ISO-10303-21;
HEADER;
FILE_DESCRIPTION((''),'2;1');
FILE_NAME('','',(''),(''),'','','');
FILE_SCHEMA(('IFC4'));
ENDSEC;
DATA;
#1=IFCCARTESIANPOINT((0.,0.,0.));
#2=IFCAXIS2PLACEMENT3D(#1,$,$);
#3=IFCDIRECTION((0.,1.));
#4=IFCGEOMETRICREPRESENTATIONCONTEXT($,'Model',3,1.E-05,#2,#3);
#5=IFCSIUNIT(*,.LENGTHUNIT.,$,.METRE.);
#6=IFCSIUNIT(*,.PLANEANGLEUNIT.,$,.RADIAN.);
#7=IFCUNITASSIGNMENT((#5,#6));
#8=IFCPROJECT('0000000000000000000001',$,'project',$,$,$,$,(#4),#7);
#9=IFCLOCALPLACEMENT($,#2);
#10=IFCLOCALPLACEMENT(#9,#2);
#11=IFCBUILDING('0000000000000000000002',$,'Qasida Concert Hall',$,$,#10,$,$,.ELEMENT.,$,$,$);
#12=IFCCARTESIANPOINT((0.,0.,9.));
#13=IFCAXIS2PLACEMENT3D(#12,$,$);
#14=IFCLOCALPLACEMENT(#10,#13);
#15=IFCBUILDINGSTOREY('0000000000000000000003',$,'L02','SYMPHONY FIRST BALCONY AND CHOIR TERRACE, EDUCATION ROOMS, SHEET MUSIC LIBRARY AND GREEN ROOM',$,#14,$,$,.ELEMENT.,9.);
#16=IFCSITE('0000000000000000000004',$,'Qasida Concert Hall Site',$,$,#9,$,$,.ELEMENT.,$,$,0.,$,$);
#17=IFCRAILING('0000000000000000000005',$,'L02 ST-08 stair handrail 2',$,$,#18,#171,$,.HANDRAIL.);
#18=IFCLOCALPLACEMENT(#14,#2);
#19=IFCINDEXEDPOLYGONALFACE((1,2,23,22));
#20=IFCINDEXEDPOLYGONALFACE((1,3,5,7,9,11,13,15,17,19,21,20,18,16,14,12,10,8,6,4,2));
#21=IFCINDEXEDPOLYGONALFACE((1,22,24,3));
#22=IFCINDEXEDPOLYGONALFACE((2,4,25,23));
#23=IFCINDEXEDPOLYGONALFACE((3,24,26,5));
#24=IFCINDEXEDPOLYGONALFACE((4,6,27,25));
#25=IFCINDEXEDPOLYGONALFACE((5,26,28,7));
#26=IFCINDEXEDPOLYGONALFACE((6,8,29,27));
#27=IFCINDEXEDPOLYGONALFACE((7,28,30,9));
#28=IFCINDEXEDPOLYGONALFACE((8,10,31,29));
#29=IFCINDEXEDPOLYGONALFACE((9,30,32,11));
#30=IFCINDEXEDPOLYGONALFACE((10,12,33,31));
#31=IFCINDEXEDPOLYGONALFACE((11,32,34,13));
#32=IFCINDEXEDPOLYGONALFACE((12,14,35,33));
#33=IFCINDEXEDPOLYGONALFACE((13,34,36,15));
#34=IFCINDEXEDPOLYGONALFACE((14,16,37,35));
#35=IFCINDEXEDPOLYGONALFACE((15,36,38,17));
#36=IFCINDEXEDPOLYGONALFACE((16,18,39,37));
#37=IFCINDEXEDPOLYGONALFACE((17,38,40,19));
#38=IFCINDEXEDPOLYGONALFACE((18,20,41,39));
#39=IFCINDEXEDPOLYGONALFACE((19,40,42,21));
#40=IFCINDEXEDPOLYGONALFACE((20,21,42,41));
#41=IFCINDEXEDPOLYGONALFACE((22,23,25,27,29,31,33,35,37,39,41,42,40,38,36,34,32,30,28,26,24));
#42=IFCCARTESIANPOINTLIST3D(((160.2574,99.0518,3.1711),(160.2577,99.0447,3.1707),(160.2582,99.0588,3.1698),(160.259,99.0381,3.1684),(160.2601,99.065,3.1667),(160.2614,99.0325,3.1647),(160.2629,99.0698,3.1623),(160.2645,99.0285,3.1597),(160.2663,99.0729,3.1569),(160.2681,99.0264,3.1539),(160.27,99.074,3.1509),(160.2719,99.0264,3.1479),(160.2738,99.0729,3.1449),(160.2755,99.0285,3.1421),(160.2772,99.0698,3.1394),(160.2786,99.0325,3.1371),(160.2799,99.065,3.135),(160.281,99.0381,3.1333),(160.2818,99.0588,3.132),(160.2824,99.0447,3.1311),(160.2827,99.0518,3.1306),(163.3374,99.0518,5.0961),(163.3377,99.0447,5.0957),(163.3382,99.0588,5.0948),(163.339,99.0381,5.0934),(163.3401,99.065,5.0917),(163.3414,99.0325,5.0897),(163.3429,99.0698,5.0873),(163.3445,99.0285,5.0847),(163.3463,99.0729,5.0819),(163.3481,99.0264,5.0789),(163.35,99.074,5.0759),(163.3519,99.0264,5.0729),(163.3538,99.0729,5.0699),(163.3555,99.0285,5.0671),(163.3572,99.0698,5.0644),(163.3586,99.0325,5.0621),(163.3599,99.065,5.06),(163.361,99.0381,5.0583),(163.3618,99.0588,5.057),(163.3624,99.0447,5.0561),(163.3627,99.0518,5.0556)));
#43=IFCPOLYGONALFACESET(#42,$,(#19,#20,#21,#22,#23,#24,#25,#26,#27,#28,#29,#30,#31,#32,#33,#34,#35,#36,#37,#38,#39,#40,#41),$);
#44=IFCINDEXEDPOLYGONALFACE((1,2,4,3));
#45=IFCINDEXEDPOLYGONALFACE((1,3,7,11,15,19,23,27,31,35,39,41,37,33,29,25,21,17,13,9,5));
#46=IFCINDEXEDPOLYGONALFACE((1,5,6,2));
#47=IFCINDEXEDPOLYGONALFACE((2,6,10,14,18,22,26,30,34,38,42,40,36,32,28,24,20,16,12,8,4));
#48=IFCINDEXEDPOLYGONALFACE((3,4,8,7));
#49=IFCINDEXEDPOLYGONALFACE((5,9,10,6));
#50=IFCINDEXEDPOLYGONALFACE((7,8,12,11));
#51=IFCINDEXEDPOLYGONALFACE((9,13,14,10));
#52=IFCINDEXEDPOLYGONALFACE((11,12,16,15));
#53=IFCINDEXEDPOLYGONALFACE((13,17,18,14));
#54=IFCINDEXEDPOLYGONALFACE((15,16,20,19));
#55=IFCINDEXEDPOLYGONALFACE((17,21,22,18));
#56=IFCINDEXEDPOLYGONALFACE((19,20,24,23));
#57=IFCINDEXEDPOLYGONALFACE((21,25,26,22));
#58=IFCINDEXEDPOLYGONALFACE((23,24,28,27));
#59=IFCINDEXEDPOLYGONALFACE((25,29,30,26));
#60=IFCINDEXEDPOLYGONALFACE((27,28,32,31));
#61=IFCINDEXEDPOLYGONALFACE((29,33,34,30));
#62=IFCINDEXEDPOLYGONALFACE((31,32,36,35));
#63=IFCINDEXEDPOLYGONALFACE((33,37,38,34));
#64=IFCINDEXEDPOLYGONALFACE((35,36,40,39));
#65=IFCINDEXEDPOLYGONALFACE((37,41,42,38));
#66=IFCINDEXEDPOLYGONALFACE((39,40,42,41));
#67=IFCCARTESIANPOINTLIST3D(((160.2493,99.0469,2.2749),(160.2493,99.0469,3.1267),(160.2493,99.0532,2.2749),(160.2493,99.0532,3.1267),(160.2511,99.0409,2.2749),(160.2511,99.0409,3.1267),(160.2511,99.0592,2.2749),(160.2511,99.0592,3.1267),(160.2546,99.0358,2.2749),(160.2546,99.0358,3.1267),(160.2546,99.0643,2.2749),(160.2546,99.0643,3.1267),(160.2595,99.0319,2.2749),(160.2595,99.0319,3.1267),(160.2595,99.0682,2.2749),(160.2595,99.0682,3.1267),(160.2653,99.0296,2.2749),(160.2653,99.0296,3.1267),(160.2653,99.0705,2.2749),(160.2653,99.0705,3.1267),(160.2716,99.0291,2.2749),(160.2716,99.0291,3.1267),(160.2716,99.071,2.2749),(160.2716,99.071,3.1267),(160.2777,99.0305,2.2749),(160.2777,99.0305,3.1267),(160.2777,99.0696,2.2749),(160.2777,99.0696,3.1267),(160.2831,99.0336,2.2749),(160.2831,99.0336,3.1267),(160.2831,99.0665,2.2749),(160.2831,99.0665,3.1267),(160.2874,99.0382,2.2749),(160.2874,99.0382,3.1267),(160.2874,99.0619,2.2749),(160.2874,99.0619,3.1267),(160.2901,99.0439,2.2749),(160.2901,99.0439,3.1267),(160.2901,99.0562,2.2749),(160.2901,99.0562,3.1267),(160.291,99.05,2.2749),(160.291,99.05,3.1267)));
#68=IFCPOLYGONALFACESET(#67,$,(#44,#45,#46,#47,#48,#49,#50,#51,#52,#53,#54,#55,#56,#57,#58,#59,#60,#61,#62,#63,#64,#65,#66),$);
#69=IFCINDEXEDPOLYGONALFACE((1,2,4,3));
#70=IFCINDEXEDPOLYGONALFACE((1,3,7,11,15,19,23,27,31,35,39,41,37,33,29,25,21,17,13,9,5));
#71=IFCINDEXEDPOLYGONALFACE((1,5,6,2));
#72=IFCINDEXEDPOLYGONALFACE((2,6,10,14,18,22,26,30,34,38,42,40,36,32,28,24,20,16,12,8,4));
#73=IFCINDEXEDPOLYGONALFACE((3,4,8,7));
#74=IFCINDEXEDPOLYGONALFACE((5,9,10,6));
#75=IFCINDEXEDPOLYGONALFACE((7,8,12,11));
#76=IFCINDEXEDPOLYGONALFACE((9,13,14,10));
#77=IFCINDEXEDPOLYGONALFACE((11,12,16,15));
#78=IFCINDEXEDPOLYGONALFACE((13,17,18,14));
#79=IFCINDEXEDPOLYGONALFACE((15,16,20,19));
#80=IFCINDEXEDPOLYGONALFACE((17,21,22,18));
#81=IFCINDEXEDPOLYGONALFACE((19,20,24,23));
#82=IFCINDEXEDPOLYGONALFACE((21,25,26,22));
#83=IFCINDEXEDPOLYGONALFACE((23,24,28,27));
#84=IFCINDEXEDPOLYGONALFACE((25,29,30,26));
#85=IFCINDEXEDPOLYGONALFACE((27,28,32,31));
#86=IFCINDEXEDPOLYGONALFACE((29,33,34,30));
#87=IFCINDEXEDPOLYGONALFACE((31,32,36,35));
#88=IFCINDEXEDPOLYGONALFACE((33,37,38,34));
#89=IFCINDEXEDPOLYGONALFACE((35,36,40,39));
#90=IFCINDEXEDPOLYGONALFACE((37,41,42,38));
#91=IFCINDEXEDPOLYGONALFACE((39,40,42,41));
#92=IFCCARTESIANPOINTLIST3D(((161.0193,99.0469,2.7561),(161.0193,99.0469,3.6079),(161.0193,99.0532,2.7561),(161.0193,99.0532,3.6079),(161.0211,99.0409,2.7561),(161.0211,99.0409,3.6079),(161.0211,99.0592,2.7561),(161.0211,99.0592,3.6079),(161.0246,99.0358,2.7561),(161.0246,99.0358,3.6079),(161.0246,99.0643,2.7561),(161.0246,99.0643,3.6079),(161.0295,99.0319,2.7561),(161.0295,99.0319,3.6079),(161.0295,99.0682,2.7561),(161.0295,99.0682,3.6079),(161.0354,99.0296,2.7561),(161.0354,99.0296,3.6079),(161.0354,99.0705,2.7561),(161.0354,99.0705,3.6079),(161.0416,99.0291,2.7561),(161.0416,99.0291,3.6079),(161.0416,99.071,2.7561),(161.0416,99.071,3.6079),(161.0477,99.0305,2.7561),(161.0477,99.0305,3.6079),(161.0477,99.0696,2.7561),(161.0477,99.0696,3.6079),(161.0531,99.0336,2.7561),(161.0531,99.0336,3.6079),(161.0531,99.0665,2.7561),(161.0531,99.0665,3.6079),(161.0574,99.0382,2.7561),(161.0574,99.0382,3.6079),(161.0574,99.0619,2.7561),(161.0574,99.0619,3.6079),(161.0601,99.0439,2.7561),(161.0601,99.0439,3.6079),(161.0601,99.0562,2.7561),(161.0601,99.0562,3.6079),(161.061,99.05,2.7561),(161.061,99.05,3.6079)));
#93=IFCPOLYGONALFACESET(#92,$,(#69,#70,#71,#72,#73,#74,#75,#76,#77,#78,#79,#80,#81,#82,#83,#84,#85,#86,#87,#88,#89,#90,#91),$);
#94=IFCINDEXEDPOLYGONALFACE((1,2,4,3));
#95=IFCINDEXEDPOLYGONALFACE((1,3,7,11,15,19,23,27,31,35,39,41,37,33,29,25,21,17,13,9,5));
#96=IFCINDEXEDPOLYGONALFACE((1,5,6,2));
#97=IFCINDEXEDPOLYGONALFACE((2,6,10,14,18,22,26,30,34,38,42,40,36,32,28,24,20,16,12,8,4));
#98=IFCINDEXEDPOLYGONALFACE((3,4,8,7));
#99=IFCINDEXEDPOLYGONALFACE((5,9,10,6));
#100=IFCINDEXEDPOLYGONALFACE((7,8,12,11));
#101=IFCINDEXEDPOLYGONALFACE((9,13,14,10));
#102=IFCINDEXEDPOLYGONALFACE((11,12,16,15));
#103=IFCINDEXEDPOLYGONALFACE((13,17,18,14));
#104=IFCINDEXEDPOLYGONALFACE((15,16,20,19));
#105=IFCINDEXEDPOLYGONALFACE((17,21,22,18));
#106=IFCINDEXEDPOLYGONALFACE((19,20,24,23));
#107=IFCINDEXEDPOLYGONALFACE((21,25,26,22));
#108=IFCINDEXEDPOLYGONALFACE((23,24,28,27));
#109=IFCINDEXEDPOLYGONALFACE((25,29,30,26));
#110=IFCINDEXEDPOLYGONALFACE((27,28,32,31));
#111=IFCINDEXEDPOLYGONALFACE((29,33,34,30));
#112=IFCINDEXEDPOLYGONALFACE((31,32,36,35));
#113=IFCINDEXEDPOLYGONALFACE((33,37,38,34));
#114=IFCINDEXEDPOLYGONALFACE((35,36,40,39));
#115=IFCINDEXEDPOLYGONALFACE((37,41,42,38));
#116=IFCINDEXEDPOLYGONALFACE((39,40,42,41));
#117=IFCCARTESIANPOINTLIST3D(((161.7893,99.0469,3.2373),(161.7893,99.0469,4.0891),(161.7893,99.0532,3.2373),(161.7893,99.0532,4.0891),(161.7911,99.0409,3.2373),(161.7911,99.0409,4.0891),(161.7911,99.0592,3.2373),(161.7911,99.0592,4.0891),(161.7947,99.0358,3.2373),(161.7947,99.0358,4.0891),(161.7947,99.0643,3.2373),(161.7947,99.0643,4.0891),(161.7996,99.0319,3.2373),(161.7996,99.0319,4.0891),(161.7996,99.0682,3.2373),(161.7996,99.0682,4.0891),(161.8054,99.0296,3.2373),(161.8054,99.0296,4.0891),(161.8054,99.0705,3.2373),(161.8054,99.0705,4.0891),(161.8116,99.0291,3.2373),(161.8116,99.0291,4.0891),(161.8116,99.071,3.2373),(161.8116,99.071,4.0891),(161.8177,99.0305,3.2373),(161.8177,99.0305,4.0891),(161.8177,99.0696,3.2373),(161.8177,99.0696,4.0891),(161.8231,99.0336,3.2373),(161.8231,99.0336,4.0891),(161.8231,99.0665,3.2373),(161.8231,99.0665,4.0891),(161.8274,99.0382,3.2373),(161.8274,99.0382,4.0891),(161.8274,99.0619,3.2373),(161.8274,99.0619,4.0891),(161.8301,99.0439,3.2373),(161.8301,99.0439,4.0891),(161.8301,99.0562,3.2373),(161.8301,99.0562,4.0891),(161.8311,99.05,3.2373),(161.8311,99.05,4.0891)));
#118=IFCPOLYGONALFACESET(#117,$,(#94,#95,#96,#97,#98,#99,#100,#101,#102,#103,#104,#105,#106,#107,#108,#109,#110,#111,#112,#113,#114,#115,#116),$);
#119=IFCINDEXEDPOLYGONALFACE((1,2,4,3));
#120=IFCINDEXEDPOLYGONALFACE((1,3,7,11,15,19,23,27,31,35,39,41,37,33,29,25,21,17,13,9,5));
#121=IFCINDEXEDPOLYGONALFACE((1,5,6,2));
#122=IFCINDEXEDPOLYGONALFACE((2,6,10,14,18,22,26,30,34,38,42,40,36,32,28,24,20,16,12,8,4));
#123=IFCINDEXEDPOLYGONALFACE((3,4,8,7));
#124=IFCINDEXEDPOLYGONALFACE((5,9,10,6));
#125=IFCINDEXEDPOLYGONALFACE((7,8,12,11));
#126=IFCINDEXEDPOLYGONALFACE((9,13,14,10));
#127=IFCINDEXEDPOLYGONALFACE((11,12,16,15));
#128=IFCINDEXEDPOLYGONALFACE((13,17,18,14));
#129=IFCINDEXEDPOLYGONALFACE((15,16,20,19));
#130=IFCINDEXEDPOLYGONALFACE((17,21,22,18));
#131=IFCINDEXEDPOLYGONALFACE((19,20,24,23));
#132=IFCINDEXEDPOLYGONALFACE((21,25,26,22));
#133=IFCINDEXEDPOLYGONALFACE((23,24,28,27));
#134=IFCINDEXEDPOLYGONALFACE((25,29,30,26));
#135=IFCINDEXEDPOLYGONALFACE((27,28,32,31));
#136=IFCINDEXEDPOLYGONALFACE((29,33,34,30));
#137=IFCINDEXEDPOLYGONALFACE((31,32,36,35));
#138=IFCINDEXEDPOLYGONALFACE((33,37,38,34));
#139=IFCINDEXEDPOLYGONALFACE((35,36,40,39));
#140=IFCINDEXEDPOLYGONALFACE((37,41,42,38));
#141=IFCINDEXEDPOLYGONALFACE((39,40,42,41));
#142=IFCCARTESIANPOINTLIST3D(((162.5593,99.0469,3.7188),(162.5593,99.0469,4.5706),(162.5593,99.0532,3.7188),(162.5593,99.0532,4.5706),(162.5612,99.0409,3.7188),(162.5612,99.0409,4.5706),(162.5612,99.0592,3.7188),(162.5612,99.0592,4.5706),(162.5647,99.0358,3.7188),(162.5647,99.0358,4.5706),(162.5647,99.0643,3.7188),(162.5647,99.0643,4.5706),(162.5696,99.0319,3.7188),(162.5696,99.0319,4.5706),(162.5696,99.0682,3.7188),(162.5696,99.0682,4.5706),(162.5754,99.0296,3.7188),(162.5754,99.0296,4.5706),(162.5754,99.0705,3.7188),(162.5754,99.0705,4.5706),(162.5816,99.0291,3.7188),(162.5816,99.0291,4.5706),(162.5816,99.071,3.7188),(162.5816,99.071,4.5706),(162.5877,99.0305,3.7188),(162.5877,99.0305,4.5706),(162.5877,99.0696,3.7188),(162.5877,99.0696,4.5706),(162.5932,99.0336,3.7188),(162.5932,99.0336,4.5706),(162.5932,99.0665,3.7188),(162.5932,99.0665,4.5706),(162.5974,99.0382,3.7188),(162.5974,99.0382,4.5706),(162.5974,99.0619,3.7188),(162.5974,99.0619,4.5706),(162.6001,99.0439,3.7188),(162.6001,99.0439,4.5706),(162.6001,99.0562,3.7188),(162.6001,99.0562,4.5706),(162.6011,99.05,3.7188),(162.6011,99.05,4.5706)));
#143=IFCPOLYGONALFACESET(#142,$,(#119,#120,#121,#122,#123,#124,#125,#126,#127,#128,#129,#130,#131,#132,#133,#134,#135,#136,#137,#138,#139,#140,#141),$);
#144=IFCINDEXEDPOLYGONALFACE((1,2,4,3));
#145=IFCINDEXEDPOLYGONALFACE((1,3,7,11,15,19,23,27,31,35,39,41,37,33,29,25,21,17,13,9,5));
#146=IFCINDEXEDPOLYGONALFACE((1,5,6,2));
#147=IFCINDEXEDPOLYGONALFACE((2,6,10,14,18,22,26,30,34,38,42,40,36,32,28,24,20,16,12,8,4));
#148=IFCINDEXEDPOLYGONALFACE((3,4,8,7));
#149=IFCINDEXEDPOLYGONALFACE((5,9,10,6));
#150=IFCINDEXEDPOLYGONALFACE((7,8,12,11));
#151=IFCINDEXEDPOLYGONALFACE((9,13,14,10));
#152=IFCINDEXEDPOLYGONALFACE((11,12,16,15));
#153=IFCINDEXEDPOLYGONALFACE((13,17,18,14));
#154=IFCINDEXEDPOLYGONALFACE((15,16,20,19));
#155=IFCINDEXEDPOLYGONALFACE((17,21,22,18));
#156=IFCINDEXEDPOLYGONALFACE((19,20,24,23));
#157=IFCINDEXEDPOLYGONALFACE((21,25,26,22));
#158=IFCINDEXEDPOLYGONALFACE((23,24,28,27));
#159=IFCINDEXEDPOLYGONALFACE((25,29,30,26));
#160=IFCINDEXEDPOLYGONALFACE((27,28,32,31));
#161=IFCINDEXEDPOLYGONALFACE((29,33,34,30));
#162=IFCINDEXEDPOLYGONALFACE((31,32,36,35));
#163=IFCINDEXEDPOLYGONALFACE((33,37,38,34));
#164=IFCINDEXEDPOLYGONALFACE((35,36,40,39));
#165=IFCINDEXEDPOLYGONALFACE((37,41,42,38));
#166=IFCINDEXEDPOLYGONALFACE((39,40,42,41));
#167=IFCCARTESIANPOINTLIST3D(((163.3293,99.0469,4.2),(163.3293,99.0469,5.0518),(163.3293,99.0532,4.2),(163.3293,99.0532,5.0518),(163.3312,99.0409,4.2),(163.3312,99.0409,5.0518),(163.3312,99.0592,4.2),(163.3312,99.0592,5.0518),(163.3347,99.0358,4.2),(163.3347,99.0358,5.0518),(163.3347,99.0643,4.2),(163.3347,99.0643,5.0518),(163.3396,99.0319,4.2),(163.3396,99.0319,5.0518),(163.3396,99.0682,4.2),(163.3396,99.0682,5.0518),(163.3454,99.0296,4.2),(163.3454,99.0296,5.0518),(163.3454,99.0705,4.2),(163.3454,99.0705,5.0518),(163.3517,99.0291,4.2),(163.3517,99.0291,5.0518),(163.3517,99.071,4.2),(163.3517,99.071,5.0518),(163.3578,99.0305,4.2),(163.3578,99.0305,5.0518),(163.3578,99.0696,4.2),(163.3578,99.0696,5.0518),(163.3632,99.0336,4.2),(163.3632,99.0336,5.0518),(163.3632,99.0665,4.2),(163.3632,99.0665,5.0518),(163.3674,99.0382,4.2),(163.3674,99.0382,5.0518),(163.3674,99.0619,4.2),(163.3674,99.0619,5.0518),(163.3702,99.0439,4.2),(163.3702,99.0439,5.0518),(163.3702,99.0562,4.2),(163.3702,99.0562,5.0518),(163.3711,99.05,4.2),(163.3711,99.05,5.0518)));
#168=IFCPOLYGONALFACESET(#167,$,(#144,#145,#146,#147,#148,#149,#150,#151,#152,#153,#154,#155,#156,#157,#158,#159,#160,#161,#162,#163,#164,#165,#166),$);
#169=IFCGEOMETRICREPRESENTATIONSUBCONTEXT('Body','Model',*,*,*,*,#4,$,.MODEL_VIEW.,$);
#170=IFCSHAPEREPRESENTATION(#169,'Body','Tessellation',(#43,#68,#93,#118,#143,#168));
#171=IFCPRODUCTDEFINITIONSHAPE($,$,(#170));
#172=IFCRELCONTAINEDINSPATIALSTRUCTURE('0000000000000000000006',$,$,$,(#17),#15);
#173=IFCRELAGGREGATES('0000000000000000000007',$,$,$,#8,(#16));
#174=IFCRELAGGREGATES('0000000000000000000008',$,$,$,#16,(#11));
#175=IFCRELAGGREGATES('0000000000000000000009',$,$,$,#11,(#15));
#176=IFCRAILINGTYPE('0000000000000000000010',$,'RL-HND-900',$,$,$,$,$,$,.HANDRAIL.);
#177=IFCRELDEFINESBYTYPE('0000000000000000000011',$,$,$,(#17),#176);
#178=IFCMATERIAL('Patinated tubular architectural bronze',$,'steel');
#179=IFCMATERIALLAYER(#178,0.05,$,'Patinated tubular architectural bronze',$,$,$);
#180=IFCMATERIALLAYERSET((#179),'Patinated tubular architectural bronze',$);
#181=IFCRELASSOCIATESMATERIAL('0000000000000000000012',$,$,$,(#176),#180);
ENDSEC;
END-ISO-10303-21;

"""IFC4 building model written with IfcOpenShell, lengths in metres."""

from ifc_helpers import new_model, si_unit, direction, frame, origin, origin_2d, place, context, subcontext, project, spatial, circle, extrude, material, layer, layer_set, type_object, element, save


model = new_model("IFC4")

# Units and contexts
model_context = context("Model", 3, precision=1e-05, world=origin(), true_north=direction((0.0, 1.0)))
body_context = subcontext(model_context, "Body", "Model", "MODEL_VIEW")
ifc_project = project(units=[si_unit("LENGTHUNIT", "METRE"), si_unit("PLANEANGLEUNIT", "RADIAN")], contexts=[model_context])

# Site, building, storey
site_placement = place(None, origin())
site = spatial("IfcSite", under=ifc_project, at=site_placement, Name="Qasida Concert Hall Site", CompositionType="ELEMENT", RefElevation=0.0)
building_placement = place(site_placement, origin())
building = spatial("IfcBuilding", under=site, at=building_placement, Name="Qasida Concert Hall", CompositionType="ELEMENT")
storey_placement = place(building_placement, frame((0.0, 0.0, 9.0)))
storey = spatial("IfcBuildingStorey", under=building, at=storey_placement, Name="L02", Description="SYMPHONY FIRST BALCONY AND CHOIR TERRACE, EDUCATION ROOMS, SHEET MUSIC LIBRARY AND GREEN ROOM", CompositionType="ELEMENT", Elevation=9.0)

# Railing
ifc_material_1 = material(Name="Patinated tubular architectural bronze", Category="steel")
ifc_layer_1 = layer(ifc_material_1, 0.05, Name="Patinated tubular architectural bronze")
ifc_layer_set_1 = layer_set([ifc_layer_1], Name="Patinated tubular architectural bronze")
railing_type_1 = type_object("IfcRailingType", Name="RL-HND-900", PredefinedType="HANDRAIL", material=ifc_layer_set_1)
railing_1_placement = place(storey_placement, frame((160.27, 99.05, 2.2749)))
element("IfcRailing", 1, at=railing_1_placement, inside=storey, type_object=railing_type_1, Name="L02 ST-08 stair handrail 2", PredefinedType="HANDRAIL", context=body_context, shape_type="SweptSolid", body=[
    extrude(circle(Radius=0.0239, at=origin_2d()), frame((0.0, 0.0, 0.876), z_axis=(0.847998, 0.0, 0.529999), x_axis=(0.0, 1.0, 0.0)), (0.0, 0.0, 1.0), 3.6321),
    extrude(circle(Radius=0.021, at=origin_2d()), origin(), (0.0, 0.0, 1.0), 0.8518),
    extrude(circle(Radius=0.021, at=origin_2d()), frame((0.77, 0.0, 0.4812)), (0.0, 0.0, 1.0), 0.8518),
    extrude(circle(Radius=0.021, at=origin_2d()), frame((1.54, 0.0, 0.9624)), (0.0, 0.0, 1.0), 0.8518),
    extrude(circle(Radius=0.021, at=origin_2d()), frame((2.3101, 0.0, 1.4438)), (0.0, 0.0, 1.0), 0.8518),
    extrude(circle(Radius=0.021, at=origin_2d()), frame((3.0801, 0.0, 1.925)), (0.0, 0.0, 1.0), 0.8518),
])

save(model, "model.ifc")
